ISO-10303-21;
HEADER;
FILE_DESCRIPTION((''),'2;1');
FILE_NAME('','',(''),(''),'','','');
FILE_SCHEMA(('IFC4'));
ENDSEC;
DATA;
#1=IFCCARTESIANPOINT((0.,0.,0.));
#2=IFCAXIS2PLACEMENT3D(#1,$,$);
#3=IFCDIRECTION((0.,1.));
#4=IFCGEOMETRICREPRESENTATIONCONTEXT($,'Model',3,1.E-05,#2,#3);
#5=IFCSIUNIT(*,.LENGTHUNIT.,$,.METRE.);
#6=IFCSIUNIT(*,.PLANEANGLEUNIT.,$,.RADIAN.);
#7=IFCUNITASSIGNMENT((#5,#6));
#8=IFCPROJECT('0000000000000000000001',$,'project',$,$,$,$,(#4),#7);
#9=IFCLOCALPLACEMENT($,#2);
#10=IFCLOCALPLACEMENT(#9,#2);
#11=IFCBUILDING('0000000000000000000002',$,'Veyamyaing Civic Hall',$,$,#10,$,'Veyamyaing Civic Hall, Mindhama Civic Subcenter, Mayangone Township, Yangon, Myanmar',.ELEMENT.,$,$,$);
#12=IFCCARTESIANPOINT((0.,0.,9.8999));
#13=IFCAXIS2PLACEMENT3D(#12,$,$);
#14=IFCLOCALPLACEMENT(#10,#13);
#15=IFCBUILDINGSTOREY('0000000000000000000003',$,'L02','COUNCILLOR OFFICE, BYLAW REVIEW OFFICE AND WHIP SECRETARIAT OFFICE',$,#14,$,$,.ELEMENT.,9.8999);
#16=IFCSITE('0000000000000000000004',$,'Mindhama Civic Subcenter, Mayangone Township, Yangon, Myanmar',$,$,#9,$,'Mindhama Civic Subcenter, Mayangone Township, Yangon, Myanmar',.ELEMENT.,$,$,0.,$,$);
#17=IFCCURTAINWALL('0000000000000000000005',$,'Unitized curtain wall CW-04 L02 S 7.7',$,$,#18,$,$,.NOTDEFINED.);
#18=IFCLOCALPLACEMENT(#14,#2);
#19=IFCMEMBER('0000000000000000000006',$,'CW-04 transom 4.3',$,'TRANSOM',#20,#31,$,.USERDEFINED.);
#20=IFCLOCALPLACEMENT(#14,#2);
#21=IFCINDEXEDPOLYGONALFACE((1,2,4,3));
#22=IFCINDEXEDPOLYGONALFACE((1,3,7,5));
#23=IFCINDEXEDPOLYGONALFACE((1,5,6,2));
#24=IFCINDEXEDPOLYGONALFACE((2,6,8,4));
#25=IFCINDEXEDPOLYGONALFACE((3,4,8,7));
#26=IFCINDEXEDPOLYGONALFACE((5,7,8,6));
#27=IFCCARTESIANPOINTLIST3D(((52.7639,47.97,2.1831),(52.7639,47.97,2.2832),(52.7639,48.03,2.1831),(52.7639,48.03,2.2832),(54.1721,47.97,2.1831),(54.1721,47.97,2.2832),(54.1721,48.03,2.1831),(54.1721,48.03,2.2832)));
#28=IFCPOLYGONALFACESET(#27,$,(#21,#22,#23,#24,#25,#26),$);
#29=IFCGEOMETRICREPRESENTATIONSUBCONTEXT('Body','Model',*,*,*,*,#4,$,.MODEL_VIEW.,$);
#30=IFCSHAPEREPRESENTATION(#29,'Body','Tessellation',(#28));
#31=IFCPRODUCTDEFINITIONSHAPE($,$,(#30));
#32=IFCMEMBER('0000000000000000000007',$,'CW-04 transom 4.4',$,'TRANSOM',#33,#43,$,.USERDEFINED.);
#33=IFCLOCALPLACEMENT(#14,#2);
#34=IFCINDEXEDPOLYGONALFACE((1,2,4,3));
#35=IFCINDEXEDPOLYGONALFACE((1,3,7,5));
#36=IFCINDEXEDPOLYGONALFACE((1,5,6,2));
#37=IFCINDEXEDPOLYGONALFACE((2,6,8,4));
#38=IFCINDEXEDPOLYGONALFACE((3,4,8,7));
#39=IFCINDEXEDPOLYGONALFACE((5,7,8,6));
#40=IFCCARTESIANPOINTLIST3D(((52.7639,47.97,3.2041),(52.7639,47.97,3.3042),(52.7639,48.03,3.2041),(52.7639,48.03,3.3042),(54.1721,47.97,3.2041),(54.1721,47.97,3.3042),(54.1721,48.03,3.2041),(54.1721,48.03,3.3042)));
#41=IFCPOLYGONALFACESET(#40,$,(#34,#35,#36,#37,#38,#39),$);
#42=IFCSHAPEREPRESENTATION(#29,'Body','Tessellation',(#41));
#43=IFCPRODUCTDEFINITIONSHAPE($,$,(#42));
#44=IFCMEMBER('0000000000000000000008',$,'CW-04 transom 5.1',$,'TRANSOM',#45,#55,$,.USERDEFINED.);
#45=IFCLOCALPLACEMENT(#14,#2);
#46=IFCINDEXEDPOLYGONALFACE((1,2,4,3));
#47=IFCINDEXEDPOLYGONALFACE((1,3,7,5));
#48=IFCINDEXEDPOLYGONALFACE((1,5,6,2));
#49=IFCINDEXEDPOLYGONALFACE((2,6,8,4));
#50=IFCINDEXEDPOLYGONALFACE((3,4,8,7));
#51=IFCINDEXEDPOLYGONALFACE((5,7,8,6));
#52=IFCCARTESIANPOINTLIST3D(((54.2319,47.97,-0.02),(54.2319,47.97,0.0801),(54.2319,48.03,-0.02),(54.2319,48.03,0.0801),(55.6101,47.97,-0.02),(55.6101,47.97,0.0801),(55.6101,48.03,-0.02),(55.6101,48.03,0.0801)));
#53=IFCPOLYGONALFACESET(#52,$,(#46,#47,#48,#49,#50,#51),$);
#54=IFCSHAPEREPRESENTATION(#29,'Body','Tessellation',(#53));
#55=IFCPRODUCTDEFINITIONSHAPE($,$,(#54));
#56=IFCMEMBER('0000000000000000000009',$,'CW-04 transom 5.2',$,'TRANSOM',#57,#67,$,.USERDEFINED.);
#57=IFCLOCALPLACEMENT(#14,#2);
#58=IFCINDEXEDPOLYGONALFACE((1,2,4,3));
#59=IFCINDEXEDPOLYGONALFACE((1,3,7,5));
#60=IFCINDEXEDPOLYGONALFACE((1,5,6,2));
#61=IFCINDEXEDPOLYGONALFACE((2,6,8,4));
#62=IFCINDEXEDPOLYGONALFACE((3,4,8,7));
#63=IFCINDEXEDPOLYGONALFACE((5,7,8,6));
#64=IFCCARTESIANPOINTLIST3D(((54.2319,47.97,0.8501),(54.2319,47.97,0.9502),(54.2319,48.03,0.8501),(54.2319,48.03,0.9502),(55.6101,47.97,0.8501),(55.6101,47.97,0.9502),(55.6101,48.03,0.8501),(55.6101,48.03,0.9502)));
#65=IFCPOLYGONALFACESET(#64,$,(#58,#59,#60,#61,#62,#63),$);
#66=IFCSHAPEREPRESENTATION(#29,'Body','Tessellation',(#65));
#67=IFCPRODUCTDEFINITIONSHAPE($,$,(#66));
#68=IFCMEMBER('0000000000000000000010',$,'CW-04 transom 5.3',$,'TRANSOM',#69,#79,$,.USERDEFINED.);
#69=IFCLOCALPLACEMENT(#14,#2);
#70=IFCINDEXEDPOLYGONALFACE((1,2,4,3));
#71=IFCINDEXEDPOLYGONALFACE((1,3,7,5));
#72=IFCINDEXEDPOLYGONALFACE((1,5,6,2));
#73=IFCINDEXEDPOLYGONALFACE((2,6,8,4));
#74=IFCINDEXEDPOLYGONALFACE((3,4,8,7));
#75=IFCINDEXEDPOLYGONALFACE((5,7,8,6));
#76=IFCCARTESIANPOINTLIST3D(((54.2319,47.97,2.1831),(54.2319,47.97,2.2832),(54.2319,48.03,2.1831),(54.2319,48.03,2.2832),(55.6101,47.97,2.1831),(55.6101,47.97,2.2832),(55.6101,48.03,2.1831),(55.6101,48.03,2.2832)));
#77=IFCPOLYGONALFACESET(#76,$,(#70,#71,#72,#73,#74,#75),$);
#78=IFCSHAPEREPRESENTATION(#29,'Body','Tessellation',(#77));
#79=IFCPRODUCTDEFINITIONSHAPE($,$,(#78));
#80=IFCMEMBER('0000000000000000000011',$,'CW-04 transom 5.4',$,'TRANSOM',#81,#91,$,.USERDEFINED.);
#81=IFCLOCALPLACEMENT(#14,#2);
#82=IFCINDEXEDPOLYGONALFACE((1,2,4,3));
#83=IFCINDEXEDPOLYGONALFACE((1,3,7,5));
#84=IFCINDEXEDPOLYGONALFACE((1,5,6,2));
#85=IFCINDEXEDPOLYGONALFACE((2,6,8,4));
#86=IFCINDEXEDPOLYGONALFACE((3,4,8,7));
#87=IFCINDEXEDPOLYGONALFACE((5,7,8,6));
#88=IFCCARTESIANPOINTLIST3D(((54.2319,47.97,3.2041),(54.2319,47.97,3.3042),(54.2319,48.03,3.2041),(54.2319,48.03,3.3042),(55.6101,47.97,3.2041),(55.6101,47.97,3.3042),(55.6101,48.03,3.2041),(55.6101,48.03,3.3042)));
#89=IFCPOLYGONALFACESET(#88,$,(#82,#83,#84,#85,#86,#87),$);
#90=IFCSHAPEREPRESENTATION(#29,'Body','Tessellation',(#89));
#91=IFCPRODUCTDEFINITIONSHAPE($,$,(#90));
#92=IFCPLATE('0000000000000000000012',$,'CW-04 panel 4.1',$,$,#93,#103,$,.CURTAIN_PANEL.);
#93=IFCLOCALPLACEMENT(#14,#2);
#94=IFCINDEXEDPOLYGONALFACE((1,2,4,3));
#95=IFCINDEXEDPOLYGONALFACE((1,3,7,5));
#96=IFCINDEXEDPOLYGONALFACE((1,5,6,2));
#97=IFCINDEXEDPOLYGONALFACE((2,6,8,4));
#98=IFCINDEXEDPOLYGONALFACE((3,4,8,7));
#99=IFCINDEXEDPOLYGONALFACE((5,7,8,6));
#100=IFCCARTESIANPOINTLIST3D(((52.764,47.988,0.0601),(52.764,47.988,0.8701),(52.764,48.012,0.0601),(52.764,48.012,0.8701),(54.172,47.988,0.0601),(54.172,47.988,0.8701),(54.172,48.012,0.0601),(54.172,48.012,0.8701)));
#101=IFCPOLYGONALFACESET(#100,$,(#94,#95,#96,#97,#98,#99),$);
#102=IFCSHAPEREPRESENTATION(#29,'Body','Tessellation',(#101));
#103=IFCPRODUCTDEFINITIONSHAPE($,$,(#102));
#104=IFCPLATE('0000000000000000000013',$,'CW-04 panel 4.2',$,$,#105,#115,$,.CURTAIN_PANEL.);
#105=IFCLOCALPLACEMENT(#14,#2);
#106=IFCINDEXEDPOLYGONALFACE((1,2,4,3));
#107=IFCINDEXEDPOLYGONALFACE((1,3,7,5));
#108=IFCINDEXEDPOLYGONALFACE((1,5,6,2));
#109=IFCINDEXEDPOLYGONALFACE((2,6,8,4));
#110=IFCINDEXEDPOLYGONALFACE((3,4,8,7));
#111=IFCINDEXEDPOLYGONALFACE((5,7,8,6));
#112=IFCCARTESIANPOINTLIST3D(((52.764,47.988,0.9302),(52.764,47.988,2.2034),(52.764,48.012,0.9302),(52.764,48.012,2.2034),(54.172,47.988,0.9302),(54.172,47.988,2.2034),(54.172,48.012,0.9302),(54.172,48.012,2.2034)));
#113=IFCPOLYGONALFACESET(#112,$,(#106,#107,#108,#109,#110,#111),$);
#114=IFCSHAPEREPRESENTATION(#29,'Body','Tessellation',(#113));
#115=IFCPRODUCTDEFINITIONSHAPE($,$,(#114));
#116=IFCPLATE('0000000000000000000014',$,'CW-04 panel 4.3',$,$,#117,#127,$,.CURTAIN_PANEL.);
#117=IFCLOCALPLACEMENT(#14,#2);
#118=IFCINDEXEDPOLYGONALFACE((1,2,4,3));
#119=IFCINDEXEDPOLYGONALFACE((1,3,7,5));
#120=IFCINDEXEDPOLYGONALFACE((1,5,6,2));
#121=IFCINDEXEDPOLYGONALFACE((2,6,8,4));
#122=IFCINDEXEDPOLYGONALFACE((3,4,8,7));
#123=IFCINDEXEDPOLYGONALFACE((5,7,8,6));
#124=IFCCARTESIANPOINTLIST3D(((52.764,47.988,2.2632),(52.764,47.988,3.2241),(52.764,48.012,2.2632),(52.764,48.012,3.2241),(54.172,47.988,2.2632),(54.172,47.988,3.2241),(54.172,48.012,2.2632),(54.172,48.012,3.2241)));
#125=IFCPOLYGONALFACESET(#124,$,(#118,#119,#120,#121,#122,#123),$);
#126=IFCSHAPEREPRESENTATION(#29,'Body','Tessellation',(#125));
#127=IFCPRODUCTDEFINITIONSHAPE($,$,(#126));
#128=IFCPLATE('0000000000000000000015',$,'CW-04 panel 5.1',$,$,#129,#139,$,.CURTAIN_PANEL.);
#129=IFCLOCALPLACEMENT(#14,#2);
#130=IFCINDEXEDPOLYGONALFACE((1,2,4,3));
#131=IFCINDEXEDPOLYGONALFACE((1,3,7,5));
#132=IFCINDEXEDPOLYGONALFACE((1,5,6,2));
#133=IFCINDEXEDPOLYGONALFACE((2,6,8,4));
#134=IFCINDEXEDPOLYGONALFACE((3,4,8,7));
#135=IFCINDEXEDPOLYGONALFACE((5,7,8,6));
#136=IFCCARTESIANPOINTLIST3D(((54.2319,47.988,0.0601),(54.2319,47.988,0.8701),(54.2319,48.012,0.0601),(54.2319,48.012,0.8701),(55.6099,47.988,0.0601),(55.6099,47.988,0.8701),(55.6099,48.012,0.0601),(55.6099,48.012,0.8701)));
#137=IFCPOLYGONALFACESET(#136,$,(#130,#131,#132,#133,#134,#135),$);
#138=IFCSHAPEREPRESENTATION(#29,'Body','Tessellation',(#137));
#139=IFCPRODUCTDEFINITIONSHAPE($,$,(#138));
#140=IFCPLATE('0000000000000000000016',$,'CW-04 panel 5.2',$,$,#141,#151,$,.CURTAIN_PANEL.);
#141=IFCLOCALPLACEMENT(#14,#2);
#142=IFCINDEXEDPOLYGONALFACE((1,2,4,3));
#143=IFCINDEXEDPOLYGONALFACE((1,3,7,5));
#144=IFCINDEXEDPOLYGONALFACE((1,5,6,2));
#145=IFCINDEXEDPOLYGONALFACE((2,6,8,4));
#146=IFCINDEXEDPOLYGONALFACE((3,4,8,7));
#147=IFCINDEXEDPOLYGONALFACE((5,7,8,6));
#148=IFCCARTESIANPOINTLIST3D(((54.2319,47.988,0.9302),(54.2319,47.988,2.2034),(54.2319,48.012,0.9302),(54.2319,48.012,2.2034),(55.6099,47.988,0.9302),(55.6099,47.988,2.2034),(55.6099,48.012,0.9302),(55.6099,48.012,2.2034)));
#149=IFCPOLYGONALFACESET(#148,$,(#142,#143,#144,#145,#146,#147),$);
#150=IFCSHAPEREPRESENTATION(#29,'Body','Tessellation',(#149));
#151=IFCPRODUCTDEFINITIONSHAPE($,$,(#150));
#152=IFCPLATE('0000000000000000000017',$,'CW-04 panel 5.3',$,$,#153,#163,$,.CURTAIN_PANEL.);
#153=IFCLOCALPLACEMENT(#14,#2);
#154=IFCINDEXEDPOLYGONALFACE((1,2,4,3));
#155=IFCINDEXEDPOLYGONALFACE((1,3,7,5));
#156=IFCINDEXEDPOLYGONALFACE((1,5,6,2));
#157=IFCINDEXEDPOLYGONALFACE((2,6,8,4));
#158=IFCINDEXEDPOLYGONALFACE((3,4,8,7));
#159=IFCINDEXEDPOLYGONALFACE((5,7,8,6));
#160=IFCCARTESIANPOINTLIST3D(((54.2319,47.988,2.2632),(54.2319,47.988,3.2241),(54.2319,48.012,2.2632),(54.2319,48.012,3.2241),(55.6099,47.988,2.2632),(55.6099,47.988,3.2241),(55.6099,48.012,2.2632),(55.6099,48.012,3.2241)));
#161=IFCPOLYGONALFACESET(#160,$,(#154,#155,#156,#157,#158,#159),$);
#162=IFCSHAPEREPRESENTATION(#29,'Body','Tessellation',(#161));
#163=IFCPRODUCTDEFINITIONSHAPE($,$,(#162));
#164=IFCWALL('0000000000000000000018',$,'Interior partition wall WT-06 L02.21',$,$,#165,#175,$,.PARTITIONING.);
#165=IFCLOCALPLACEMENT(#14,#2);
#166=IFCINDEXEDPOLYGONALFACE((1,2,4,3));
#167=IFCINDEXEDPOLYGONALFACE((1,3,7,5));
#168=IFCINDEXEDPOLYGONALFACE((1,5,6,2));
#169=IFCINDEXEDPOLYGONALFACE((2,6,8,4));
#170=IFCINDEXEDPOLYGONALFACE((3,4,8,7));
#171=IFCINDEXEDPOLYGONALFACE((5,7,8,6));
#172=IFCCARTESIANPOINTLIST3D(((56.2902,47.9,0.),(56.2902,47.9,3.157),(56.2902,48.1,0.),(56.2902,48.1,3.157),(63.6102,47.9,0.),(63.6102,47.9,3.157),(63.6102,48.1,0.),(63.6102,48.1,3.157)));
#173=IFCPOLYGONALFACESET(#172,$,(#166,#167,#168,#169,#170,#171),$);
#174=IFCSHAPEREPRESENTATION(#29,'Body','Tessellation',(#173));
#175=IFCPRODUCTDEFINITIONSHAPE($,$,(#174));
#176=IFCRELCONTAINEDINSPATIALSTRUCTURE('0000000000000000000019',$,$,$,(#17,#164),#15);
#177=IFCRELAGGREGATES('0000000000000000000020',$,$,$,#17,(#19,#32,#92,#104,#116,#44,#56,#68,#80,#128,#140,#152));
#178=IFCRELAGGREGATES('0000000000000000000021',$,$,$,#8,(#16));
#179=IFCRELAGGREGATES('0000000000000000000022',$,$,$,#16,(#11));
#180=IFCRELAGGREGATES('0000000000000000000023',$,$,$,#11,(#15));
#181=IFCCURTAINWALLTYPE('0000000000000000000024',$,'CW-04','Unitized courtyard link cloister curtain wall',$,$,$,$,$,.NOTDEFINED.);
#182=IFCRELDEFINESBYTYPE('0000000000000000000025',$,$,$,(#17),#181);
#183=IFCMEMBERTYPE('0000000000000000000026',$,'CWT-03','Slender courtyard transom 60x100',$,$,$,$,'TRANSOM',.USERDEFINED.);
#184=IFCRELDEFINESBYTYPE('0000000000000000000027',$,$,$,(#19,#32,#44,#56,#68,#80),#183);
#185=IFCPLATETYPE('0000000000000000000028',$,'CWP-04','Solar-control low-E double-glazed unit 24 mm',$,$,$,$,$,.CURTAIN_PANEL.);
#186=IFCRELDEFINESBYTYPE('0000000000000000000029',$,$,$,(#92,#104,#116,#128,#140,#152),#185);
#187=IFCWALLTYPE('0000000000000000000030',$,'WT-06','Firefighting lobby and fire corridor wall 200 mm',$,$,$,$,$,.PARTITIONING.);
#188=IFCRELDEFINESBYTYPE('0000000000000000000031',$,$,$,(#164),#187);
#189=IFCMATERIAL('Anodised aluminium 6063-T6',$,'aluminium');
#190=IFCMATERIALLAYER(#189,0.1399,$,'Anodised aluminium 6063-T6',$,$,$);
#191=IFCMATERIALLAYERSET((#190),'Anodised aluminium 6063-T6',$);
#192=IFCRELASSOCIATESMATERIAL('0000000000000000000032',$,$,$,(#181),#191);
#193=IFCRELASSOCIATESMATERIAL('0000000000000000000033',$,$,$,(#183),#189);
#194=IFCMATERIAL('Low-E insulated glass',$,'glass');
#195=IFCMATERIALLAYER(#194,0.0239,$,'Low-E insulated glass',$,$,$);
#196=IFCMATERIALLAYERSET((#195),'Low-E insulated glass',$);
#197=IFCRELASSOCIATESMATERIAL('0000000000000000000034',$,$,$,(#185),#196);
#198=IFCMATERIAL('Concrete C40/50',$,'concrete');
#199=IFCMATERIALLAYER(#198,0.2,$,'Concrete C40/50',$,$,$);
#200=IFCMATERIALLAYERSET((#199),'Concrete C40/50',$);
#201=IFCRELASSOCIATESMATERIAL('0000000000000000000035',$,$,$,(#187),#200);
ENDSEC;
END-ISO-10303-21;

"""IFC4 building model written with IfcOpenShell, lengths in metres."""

from ifc_helpers import new_model, si_unit, direction, frame, frame_2d, origin, origin_2d, place, context, subcontext, project, spatial, rectangle, extrude, material, layer, layer_set, material_profile, profile_set, type_object, element, aggregate, save


model = new_model("IFC4")

# Units and contexts
model_context = context("Model", 3, precision=1e-05, world=origin(), true_north=direction((0.0, 1.0)))
body_context = subcontext(model_context, "Body", "Model", "MODEL_VIEW")
ifc_project = project(units=[si_unit("LENGTHUNIT", "METRE"), si_unit("PLANEANGLEUNIT", "RADIAN")], contexts=[model_context])

# Site, building, storey
site_placement = place(None, origin())
site = spatial("IfcSite", under=ifc_project, at=site_placement, Name="Mindhama Civic Subcenter, Mayangone Township, Yangon, Myanmar", LongName="Mindhama Civic Subcenter, Mayangone Township, Yangon, Myanmar", CompositionType="ELEMENT", RefElevation=0.0)
building_placement = place(site_placement, origin())
building = spatial("IfcBuilding", under=site, at=building_placement, Name="Veyamyaing Civic Hall", LongName="Veyamyaing Civic Hall, Mindhama Civic Subcenter, Mayangone Township, Yangon, Myanmar", CompositionType="ELEMENT")
storey_placement = place(building_placement, frame((0.0, 0.0, 9.8999)))
storey = spatial("IfcBuildingStorey", under=building, at=storey_placement, Name="L02", Description="COUNCILLOR OFFICE, BYLAW REVIEW OFFICE AND WHIP SECRETARIAT OFFICE", CompositionType="ELEMENT", Elevation=9.8999)

# Curtain wall, members, plates
ifc_material_1 = material(Name="Anodised aluminium 6063-T6", Category="aluminium")
ifc_layer_1 = layer(ifc_material_1, 0.1399, Name="Anodised aluminium 6063-T6")
ifc_layer_set_1 = layer_set([ifc_layer_1], Name="Anodised aluminium 6063-T6")
curtain_wall_type = type_object("IfcCurtainWallType", Name="CW-04", Description="Unitized courtyard link cloister curtain wall", PredefinedType="NOTDEFINED", material=ifc_layer_set_1)
curtain_wall_placement = place(storey_placement, origin())
curtain_wall = element("IfcCurtainWall", 1, at=curtain_wall_placement, inside=storey, type_object=curtain_wall_type, Name="Unitized curtain wall CW-04 L02 S 7.7", PredefinedType="NOTDEFINED")
ifc_material_profile_1 = material_profile(ifc_material_1, rectangle(XDim=0.0601, YDim=0.1001, at=origin_2d()), Name="ALU-TRN-60X100")
ifc_profile_set_1 = profile_set([ifc_material_profile_1], Name="Anodised aluminium 6063-T6")
member_type_1 = type_object("IfcMemberType", Name="CWT-03", Description="Slender courtyard transom 60x100", ElementType="TRANSOM", PredefinedType="USERDEFINED", material=ifc_profile_set_1)
member_1_placement = place(storey_placement, frame((52.7639, 48.0, 2.2332), z_axis=(1.0, 0.0, 0.0), x_axis=(0.0, 1.0, 0.0)))
member_1 = element("IfcMember", 2, at=member_1_placement, type_object=member_type_1, Name="CW-04 transom 4.3", ObjectType="TRANSOM", PredefinedType="USERDEFINED", context=body_context, shape_type="SweptSolid", body=[
    extrude(rectangle(XDim=0.0601, YDim=0.1001, at=origin_2d()), origin(), (0.0, 0.0, 1.0), 1.4082),
])
member_2_placement = place(storey_placement, frame((52.7639, 48.0, 3.2542), z_axis=(1.0, 0.0, 0.0), x_axis=(0.0, 1.0, 0.0)))
member_2 = element("IfcMember", 3, at=member_2_placement, type_object=member_type_1, Name="CW-04 transom 4.4", ObjectType="TRANSOM", PredefinedType="USERDEFINED", context=body_context, shape_type="SweptSolid", body=[
    extrude(rectangle(XDim=0.0601, YDim=0.1001, at=origin_2d()), origin(), (0.0, 0.0, 1.0), 1.4082),
])
member_3_placement = place(storey_placement, frame((54.2319, 48.0, 0.03), z_axis=(1.0, 0.0, 0.0), x_axis=(0.0, 1.0, 0.0)))
member_3 = element("IfcMember", 4, at=member_3_placement, type_object=member_type_1, Name="CW-04 transom 5.1", ObjectType="TRANSOM", PredefinedType="USERDEFINED", context=body_context, shape_type="SweptSolid", body=[
    extrude(rectangle(XDim=0.0601, YDim=0.1001, at=origin_2d()), origin(), (0.0, 0.0, 1.0), 1.3782),
])
member_4_placement = place(storey_placement, frame((54.2319, 48.0, 0.9001), z_axis=(1.0, 0.0, 0.0), x_axis=(0.0, 1.0, 0.0)))
member_4 = element("IfcMember", 5, at=member_4_placement, type_object=member_type_1, Name="CW-04 transom 5.2", ObjectType="TRANSOM", PredefinedType="USERDEFINED", context=body_context, shape_type="SweptSolid", body=[
    extrude(rectangle(XDim=0.0601, YDim=0.1001, at=origin_2d()), origin(), (0.0, 0.0, 1.0), 1.3782),
])
member_5_placement = place(storey_placement, frame((54.2319, 48.0, 2.2332), z_axis=(1.0, 0.0, 0.0), x_axis=(0.0, 1.0, 0.0)))
member_5 = element("IfcMember", 6, at=member_5_placement, type_object=member_type_1, Name="CW-04 transom 5.3", ObjectType="TRANSOM", PredefinedType="USERDEFINED", context=body_context, shape_type="SweptSolid", body=[
    extrude(rectangle(XDim=0.0601, YDim=0.1001, at=origin_2d()), origin(), (0.0, 0.0, 1.0), 1.3782),
])
member_6_placement = place(storey_placement, frame((54.2319, 48.0, 3.2542), z_axis=(1.0, 0.0, 0.0), x_axis=(0.0, 1.0, 0.0)))
member_6 = element("IfcMember", 7, at=member_6_placement, type_object=member_type_1, Name="CW-04 transom 5.4", ObjectType="TRANSOM", PredefinedType="USERDEFINED", context=body_context, shape_type="SweptSolid", body=[
    extrude(rectangle(XDim=0.0601, YDim=0.1001, at=origin_2d()), origin(), (0.0, 0.0, 1.0), 1.3782),
])
ifc_material_2 = material(Name="Low-E insulated glass", Category="glass")
ifc_layer_2 = layer(ifc_material_2, 0.0239, Name="Low-E insulated glass")
ifc_layer_set_2 = layer_set([ifc_layer_2], Name="Low-E insulated glass")
plate_type = type_object("IfcPlateType", Name="CWP-04", Description="Solar-control low-E double-glazed unit 24 mm", PredefinedType="CURTAIN_PANEL", material=ifc_layer_set_2)
plate_1_placement = place(storey_placement, frame((53.468, 48.0, 0.0601), z_axis=(0.0, 0.0, 1.0), x_axis=(1.0, 0.0, 0.0)))
plate_1 = element("IfcPlate", 8, at=plate_1_placement, type_object=plate_type, Name="CW-04 panel 4.1", PredefinedType="CURTAIN_PANEL", context=body_context, shape_type="SweptSolid", body=[
    extrude(rectangle(XDim=1.408, YDim=0.0239, at=origin_2d()), origin(), (0.0, 0.0, 1.0), 0.8101),
])
plate_2_placement = place(storey_placement, frame((53.468, 48.0, 0.9302), z_axis=(0.0, 0.0, 1.0), x_axis=(1.0, 0.0, 0.0)))
plate_2 = element("IfcPlate", 9, at=plate_2_placement, type_object=plate_type, Name="CW-04 panel 4.2", PredefinedType="CURTAIN_PANEL", context=body_context, shape_type="SweptSolid", body=[
    extrude(rectangle(XDim=1.408, YDim=0.0239, at=origin_2d()), origin(), (0.0, 0.0, 1.0), 1.2732),
])
plate_3_placement = place(storey_placement, frame((53.468, 48.0, 2.2632), z_axis=(0.0, 0.0, 1.0), x_axis=(1.0, 0.0, 0.0)))
plate_3 = element("IfcPlate", 10, at=plate_3_placement, type_object=plate_type, Name="CW-04 panel 4.3", PredefinedType="CURTAIN_PANEL", context=body_context, shape_type="SweptSolid", body=[
    extrude(rectangle(XDim=1.408, YDim=0.0239, at=origin_2d()), origin(), (0.0, 0.0, 1.0), 0.9609),
])
plate_4_placement = place(storey_placement, frame((54.9209, 48.0, 0.0601), z_axis=(0.0, 0.0, 1.0), x_axis=(1.0, 0.0, 0.0)))
plate_4 = element("IfcPlate", 11, at=plate_4_placement, type_object=plate_type, Name="CW-04 panel 5.1", PredefinedType="CURTAIN_PANEL", context=body_context, shape_type="SweptSolid", body=[
    extrude(rectangle(XDim=1.3779, YDim=0.0239, at=origin_2d()), origin(), (0.0, 0.0, 1.0), 0.8101),
])
plate_5_placement = place(storey_placement, frame((54.9209, 48.0, 0.9302), z_axis=(0.0, 0.0, 1.0), x_axis=(1.0, 0.0, 0.0)))
plate_5 = element("IfcPlate", 12, at=plate_5_placement, type_object=plate_type, Name="CW-04 panel 5.2", PredefinedType="CURTAIN_PANEL", context=body_context, shape_type="SweptSolid", body=[
    extrude(rectangle(XDim=1.3779, YDim=0.0239, at=origin_2d()), origin(), (0.0, 0.0, 1.0), 1.2732),
])
plate_6_placement = place(storey_placement, frame((54.9209, 48.0, 2.2632), z_axis=(0.0, 0.0, 1.0), x_axis=(1.0, 0.0, 0.0)))
plate_6 = element("IfcPlate", 13, at=plate_6_placement, type_object=plate_type, Name="CW-04 panel 5.3", PredefinedType="CURTAIN_PANEL", context=body_context, shape_type="SweptSolid", body=[
    extrude(rectangle(XDim=1.3779, YDim=0.0239, at=origin_2d()), origin(), (0.0, 0.0, 1.0), 0.9609),
])
aggregate(curtain_wall, [member_1, member_2, plate_1, plate_2, plate_3, member_3, member_4, member_5, member_6, plate_4, plate_5, plate_6])

# Wall
ifc_material_3 = material(Name="Concrete C40/50", Category="concrete")
ifc_layer_3 = layer(ifc_material_3, 0.2, Name="Concrete C40/50")
ifc_layer_set_3 = layer_set([ifc_layer_3], Name="Concrete C40/50")
wall_type = type_object("IfcWallType", Name="WT-06", Description="Firefighting lobby and fire corridor wall 200 mm", PredefinedType="PARTITIONING", material=ifc_layer_set_3)
wall_placement = place(storey_placement, frame((56.29, 48.0, 0.0), z_axis=(0.0, 0.0, 1.0), x_axis=(1.0, 0.0, 0.0)))
element("IfcWall", 14, at=wall_placement, inside=storey, type_object=wall_type, Name="Interior partition wall WT-06 L02.21", PredefinedType="PARTITIONING", context=body_context, shape_type="SweptSolid", body=[
    extrude(rectangle(XDim=7.3201, YDim=0.2, at=frame_2d((3.6602, 0.0))), origin(), (0.0, 0.0, 1.0), 3.157),
])

save(model, "model.ifc")
